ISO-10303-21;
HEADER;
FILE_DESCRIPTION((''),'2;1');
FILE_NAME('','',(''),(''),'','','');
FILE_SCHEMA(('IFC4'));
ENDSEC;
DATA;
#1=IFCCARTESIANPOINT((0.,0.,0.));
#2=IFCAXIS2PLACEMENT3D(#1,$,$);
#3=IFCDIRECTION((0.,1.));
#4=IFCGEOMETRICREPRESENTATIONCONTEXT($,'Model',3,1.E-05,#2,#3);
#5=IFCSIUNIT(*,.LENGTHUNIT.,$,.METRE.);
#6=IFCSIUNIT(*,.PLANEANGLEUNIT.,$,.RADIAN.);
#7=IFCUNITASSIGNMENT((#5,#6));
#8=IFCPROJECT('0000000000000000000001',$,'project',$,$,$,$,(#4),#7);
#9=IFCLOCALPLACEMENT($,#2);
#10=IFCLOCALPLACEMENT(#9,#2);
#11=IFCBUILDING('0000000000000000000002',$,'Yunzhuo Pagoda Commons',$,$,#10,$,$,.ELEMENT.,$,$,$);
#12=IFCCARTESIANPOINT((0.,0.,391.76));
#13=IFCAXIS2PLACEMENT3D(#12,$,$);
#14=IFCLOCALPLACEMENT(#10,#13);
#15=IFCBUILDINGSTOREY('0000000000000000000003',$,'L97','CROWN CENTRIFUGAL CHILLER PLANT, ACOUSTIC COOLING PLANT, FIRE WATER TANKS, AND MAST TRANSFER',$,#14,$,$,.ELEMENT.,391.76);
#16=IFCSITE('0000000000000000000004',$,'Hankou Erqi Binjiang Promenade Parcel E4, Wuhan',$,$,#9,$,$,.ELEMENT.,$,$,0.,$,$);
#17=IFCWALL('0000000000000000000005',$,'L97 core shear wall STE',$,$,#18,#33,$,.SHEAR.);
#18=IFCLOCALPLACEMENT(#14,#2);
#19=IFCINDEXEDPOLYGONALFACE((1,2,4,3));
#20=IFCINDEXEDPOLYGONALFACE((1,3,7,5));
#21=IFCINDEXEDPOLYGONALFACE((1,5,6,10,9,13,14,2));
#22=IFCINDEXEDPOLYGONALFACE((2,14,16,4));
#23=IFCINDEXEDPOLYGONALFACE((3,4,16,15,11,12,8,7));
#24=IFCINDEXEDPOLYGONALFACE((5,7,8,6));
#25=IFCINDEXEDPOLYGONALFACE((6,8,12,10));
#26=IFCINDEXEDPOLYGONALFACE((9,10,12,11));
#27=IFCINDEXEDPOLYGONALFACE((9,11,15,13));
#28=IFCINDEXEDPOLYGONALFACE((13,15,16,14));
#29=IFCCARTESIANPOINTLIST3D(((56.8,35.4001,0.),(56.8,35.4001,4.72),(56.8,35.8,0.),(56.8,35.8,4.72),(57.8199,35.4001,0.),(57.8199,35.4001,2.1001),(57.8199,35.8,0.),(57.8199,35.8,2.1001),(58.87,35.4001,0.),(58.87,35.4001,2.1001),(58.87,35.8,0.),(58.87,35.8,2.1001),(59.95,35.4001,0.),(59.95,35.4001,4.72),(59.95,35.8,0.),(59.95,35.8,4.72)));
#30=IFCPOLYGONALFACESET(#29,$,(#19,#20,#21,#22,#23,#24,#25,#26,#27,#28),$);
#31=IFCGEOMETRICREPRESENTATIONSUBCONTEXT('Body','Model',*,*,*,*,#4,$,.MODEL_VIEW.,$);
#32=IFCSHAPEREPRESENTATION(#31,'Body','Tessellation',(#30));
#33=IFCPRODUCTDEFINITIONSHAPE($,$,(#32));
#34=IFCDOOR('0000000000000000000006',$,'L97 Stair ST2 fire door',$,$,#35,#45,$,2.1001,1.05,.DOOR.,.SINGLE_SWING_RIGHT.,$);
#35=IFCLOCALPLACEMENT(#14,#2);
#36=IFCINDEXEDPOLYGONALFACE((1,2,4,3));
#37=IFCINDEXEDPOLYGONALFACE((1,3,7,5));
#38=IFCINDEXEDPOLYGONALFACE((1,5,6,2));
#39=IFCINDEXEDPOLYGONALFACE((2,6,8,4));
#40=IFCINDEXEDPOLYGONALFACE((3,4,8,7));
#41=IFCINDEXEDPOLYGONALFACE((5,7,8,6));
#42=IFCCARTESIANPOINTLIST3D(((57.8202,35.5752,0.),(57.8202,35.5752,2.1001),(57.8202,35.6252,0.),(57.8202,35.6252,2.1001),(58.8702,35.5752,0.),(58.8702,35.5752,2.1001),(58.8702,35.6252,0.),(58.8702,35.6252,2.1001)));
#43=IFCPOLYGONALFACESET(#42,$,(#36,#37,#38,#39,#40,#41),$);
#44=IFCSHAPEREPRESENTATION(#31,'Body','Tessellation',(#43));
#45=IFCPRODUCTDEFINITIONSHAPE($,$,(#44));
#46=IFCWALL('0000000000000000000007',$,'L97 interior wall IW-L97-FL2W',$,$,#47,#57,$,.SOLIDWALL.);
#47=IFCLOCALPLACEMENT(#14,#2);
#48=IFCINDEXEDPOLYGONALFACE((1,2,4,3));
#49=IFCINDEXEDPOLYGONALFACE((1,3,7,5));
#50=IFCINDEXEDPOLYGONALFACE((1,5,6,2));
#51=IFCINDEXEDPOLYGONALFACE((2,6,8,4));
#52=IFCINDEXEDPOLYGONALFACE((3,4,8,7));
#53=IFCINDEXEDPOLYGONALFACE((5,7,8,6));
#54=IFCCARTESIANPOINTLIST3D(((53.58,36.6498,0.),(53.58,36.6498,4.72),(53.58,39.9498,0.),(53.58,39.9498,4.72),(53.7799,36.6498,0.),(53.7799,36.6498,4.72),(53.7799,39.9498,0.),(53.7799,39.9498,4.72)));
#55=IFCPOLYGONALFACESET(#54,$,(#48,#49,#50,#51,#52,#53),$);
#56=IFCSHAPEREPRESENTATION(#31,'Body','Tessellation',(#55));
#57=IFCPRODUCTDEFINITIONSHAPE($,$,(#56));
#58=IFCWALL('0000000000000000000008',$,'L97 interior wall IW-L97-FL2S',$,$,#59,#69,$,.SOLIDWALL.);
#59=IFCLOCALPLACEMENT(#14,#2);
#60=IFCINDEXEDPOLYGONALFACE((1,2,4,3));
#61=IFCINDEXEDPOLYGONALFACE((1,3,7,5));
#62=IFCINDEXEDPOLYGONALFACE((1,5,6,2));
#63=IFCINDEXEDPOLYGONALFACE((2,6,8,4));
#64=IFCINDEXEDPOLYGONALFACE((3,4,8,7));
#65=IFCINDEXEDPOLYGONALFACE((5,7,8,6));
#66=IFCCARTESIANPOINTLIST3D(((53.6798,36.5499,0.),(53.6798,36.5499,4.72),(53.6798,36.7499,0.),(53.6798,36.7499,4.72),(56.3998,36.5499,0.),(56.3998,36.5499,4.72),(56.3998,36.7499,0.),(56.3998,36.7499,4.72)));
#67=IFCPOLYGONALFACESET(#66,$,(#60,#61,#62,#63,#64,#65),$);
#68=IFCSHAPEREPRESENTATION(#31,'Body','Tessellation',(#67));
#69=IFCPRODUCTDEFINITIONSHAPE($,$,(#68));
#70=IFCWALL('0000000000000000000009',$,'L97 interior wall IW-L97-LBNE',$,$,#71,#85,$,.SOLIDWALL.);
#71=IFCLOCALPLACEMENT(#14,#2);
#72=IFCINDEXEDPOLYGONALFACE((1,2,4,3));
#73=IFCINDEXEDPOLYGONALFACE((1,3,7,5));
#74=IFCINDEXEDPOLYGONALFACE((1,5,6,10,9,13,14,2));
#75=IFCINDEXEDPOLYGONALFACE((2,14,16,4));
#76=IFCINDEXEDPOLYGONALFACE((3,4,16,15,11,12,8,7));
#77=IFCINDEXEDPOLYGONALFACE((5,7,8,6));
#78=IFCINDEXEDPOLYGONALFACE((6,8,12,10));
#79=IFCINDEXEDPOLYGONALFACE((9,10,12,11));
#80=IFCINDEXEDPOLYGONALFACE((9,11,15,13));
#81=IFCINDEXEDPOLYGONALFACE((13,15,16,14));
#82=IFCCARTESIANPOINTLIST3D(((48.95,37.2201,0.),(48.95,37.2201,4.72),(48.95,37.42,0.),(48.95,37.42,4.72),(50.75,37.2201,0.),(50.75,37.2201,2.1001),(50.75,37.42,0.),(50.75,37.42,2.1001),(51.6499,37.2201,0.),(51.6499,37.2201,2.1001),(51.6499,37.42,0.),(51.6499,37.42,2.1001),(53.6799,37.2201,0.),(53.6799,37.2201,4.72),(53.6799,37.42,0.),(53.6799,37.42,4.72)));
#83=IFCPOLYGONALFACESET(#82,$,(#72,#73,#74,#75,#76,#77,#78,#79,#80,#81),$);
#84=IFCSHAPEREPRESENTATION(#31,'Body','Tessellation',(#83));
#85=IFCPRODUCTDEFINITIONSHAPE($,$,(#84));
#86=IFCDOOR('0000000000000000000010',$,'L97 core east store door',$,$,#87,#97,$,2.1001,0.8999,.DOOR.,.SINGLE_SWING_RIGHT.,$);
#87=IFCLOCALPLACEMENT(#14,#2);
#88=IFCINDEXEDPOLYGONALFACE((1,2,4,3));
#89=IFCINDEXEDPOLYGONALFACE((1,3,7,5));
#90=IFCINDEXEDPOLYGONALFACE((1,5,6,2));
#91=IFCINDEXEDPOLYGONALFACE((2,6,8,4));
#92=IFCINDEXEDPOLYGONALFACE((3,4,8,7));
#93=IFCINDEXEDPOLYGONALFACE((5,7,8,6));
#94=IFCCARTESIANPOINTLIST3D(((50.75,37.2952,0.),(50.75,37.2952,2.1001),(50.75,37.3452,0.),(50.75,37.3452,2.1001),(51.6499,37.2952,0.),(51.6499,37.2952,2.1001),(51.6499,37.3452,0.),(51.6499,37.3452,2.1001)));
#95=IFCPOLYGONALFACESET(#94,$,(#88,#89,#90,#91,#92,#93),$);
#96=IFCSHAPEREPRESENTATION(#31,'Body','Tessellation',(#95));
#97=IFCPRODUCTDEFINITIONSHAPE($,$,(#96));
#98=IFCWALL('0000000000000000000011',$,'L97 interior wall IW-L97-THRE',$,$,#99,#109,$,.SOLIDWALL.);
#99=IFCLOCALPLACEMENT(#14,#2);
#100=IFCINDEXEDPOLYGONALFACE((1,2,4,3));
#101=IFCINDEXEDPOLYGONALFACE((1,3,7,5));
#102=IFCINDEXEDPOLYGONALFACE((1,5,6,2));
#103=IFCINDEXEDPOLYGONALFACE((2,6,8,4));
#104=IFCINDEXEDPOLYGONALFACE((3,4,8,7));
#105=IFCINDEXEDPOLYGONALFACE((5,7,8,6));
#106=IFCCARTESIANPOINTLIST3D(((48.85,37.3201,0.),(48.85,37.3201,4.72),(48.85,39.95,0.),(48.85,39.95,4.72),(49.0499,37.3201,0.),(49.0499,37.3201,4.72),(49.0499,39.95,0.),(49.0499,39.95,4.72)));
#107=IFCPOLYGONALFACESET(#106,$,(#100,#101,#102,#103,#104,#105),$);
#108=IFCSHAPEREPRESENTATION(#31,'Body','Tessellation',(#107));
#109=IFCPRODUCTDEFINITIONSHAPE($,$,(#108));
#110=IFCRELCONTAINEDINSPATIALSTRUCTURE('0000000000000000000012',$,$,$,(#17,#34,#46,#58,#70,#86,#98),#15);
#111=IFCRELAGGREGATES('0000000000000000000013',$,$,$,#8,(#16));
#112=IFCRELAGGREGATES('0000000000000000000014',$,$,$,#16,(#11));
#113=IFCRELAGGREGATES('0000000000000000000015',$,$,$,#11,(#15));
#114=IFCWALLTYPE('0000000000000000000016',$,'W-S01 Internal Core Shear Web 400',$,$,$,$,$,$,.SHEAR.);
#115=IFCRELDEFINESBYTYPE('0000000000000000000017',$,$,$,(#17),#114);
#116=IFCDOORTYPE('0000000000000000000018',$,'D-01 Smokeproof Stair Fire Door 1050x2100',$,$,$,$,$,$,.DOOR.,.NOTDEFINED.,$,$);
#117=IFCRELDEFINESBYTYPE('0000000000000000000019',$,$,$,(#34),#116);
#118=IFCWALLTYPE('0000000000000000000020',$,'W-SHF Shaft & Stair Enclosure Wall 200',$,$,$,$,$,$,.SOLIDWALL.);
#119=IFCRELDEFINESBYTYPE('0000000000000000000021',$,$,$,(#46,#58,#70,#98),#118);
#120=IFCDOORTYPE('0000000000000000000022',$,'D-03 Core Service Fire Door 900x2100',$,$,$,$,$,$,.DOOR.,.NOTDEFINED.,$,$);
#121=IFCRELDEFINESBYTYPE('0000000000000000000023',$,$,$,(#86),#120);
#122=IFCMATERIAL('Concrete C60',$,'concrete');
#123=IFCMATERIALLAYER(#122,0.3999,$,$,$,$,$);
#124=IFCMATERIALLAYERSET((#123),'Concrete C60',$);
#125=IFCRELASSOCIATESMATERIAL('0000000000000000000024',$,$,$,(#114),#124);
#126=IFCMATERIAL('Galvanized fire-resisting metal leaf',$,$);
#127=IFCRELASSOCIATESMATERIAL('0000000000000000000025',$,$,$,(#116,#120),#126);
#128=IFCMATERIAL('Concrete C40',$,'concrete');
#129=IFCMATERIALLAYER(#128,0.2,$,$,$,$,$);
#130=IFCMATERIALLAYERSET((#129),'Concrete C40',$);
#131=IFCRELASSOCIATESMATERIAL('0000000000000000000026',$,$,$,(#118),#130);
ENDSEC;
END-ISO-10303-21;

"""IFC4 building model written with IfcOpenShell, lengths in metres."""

from ifc_helpers import new_model, si_unit, direction, frame, frame_2d, origin, place, context, subcontext, project, spatial, rectangle, extrude, source, transform, mapped, material, layer, layer_set, type_object, element, fill, save


model = new_model("IFC4")

# Units and contexts
model_context = context("Model", 3, precision=1e-05, world=origin(), true_north=direction((0.0, 1.0)))
body_context = subcontext(model_context, "Body", "Model", "MODEL_VIEW")
ifc_project = project(units=[si_unit("LENGTHUNIT", "METRE"), si_unit("PLANEANGLEUNIT", "RADIAN")], contexts=[model_context])

# Site, building, storey
site_placement = place(None, origin())
site = spatial("IfcSite", under=ifc_project, at=site_placement, Name="Hankou Erqi Binjiang Promenade Parcel E4, Wuhan", CompositionType="ELEMENT", RefElevation=0.0)
building_placement = place(site_placement, origin())
building = spatial("IfcBuilding", under=site, at=building_placement, Name="Yunzhuo Pagoda Commons", CompositionType="ELEMENT")
storey_placement = place(building_placement, frame((0.0, 0.0, 391.76)))
storey = spatial("IfcBuildingStorey", under=building, at=storey_placement, Name="L97", Description="CROWN CENTRIFUGAL CHILLER PLANT, ACOUSTIC COOLING PLANT, FIRE WATER TANKS, AND MAST TRANSFER", CompositionType="ELEMENT", Elevation=391.76)

# Shared definitions
ifc_material_1 = material(Name="Galvanized fire-resisting metal leaf")
shared_shape_1 = source(origin(), body_context, "Body", "SweptSolid", [
    extrude(rectangle(XDim=1.05, YDim=2.1001, at=frame_2d((0.5249, 1.05))), frame((0.0, 0.0249, 0.0), z_axis=(0.0, -1.0, 0.0), x_axis=(1.0, 0.0, 0.0)), (0.0, 0.0, 1.0), 0.05),
])

# Wall, opening, door
ifc_material_2 = material(Name="Concrete C60", Category="concrete")
ifc_layer_1 = layer(ifc_material_2, 0.3999)
ifc_layer_set_1 = layer_set([ifc_layer_1], Name="Concrete C60")
wall_type_1 = type_object("IfcWallType", Name="W-S01 Internal Core Shear Web 400", PredefinedType="SHEAR", material=ifc_layer_set_1)
wall_1_placement = place(storey_placement, frame((56.8, 35.6001, 0.0), z_axis=(0.0, 0.0, 1.0), x_axis=(1.0, 0.0, 0.0)))
wall_1 = element("IfcWall", 1, at=wall_1_placement, inside=storey, type_object=wall_type_1, Name="L97 core shear wall STE", PredefinedType="SHEAR", context=body_context, shape_type="SweptSolid", body=[
    extrude(rectangle(XDim=3.1499, YDim=0.3999, at=frame_2d((1.575, 0.0))), origin(), (0.0, 0.0, 1.0), 4.72),
])
opening_1_placement = place(wall_1_placement, frame((1.02, 0.0, 0.0)))
opening_1 = element("IfcOpeningElement", 2, at=opening_1_placement, cuts=wall_1, PredefinedType="OPENING", context=body_context, shape_type="SweptSolid", body=[
    extrude(rectangle(XDim=1.05, YDim=2.1001, at=frame_2d((0.5249, 1.05))), frame((0.0, 0.21, 0.0), z_axis=(0.0, -1.0, 0.0), x_axis=(1.0, 0.0, 0.0)), (0.0, 0.0, 1.0), 0.4199),
])
door_type_1 = type_object("IfcDoorType", Name="D-01 Smokeproof Stair Fire Door 1050x2100", OperationType="NOTDEFINED", PredefinedType="DOOR", material=ifc_material_1)
door_1_placement = place(opening_1_placement, frame((1.05, 0.0, 0.0), z_axis=(0.0, 0.0, 1.0), x_axis=(-1.0, 0.0, 0.0)))
door_1 = element("IfcDoor", 3, at=door_1_placement, inside=storey, type_object=door_type_1, Name="L97 Stair ST2 fire door", OperationType="SINGLE_SWING_RIGHT", OverallHeight=2.1001, OverallWidth=1.05, PredefinedType="DOOR", context=body_context, shape_type="MappedRepresentation", body=[
    mapped(shared_shape_1, transform((0.0, 0.0, 0.0), scale=1.0)),
])
fill(opening_1, door_1)

# Walls
ifc_material_3 = material(Name="Concrete C40", Category="concrete")
ifc_layer_2 = layer(ifc_material_3, 0.2)
ifc_layer_set_2 = layer_set([ifc_layer_2], Name="Concrete C40")
wall_type_2 = type_object("IfcWallType", Name="W-SHF Shaft & Stair Enclosure Wall 200", PredefinedType="SOLIDWALL", material=ifc_layer_set_2)
wall_2_placement = place(storey_placement, frame((53.6799, 36.6499, 0.0), z_axis=(0.0, 0.0, 1.0), x_axis=(0.0, 1.0, 0.0)))
element("IfcWall", 4, at=wall_2_placement, inside=storey, type_object=wall_type_2, Name="L97 interior wall IW-L97-FL2W", PredefinedType="SOLIDWALL", context=body_context, shape_type="SweptSolid", body=[
    extrude(rectangle(XDim=3.3, YDim=0.2, at=frame_2d((1.6499, 0.0))), origin(), (0.0, 0.0, 1.0), 4.72),
])
wall_3_placement = place(storey_placement, frame((53.6799, 36.6499, 0.0), z_axis=(0.0, 0.0, 1.0), x_axis=(1.0, 0.0, 0.0)))
element("IfcWall", 5, at=wall_3_placement, inside=storey, type_object=wall_type_2, Name="L97 interior wall IW-L97-FL2S", PredefinedType="SOLIDWALL", context=body_context, shape_type="SweptSolid", body=[
    extrude(rectangle(XDim=2.72, YDim=0.2, at=frame_2d((1.3599, 0.0))), origin(), (0.0, 0.0, 1.0), 4.72),
])

# Wall, opening, door
wall_4_placement = place(storey_placement, frame((48.95, 37.3201, 0.0), z_axis=(0.0, 0.0, 1.0), x_axis=(1.0, 0.0, 0.0)))
wall_4 = element("IfcWall", 6, at=wall_4_placement, inside=storey, type_object=wall_type_2, Name="L97 interior wall IW-L97-LBNE", PredefinedType="SOLIDWALL", context=body_context, shape_type="SweptSolid", body=[
    extrude(rectangle(XDim=4.73, YDim=0.2, at=frame_2d((2.365, 0.0))), origin(), (0.0, 0.0, 1.0), 4.72),
])
opening_2_placement = place(wall_4_placement, frame((1.8, 0.0, 0.0)))
opening_2 = element("IfcOpeningElement", 7, at=opening_2_placement, cuts=wall_4, PredefinedType="OPENING", context=body_context, shape_type="SweptSolid", body=[
    extrude(rectangle(XDim=0.8999, YDim=2.1001, at=frame_2d((0.45, 1.05))), frame((0.0, 0.1099, 0.0), z_axis=(0.0, -1.0, 0.0), x_axis=(1.0, 0.0, 0.0)), (0.0, 0.0, 1.0), 0.22),
])
door_type_2 = type_object("IfcDoorType", Name="D-03 Core Service Fire Door 900x2100", OperationType="NOTDEFINED", PredefinedType="DOOR", material=ifc_material_1)
shared_shape_2 = source(origin(), body_context, "Body", "SweptSolid", [
    extrude(rectangle(XDim=0.8999, YDim=2.1001, at=frame_2d((0.45, 1.05))), frame((0.0, 0.0249, 0.0), z_axis=(0.0, -1.0, 0.0), x_axis=(1.0, 0.0, 0.0)), (0.0, 0.0, 1.0), 0.05),
])
door_2_placement = place(opening_2_placement, frame((0.8999, 0.0, 0.0), z_axis=(0.0, 0.0, 1.0), x_axis=(-1.0, 0.0, 0.0)))
door_2 = element("IfcDoor", 8, at=door_2_placement, inside=storey, type_object=door_type_2, Name="L97 core east store door", OperationType="SINGLE_SWING_RIGHT", OverallHeight=2.1001, OverallWidth=0.8999, PredefinedType="DOOR", context=body_context, shape_type="MappedRepresentation", body=[
    mapped(shared_shape_2, transform((0.0, 0.0, 0.0), scale=1.0)),
])
fill(opening_2, door_2)

# Wall
wall_5_placement = place(storey_placement, frame((48.95, 37.3201, 0.0), z_axis=(0.0, 0.0, 1.0), x_axis=(0.0, 1.0, 0.0)))
element("IfcWall", 9, at=wall_5_placement, inside=storey, type_object=wall_type_2, Name="L97 interior wall IW-L97-THRE", PredefinedType="SOLIDWALL", context=body_context, shape_type="SweptSolid", body=[
    extrude(rectangle(XDim=2.6299, YDim=0.2, at=frame_2d((1.3149, 0.0))), origin(), (0.0, 0.0, 1.0), 4.72),
])

save(model, "model.ifc")
